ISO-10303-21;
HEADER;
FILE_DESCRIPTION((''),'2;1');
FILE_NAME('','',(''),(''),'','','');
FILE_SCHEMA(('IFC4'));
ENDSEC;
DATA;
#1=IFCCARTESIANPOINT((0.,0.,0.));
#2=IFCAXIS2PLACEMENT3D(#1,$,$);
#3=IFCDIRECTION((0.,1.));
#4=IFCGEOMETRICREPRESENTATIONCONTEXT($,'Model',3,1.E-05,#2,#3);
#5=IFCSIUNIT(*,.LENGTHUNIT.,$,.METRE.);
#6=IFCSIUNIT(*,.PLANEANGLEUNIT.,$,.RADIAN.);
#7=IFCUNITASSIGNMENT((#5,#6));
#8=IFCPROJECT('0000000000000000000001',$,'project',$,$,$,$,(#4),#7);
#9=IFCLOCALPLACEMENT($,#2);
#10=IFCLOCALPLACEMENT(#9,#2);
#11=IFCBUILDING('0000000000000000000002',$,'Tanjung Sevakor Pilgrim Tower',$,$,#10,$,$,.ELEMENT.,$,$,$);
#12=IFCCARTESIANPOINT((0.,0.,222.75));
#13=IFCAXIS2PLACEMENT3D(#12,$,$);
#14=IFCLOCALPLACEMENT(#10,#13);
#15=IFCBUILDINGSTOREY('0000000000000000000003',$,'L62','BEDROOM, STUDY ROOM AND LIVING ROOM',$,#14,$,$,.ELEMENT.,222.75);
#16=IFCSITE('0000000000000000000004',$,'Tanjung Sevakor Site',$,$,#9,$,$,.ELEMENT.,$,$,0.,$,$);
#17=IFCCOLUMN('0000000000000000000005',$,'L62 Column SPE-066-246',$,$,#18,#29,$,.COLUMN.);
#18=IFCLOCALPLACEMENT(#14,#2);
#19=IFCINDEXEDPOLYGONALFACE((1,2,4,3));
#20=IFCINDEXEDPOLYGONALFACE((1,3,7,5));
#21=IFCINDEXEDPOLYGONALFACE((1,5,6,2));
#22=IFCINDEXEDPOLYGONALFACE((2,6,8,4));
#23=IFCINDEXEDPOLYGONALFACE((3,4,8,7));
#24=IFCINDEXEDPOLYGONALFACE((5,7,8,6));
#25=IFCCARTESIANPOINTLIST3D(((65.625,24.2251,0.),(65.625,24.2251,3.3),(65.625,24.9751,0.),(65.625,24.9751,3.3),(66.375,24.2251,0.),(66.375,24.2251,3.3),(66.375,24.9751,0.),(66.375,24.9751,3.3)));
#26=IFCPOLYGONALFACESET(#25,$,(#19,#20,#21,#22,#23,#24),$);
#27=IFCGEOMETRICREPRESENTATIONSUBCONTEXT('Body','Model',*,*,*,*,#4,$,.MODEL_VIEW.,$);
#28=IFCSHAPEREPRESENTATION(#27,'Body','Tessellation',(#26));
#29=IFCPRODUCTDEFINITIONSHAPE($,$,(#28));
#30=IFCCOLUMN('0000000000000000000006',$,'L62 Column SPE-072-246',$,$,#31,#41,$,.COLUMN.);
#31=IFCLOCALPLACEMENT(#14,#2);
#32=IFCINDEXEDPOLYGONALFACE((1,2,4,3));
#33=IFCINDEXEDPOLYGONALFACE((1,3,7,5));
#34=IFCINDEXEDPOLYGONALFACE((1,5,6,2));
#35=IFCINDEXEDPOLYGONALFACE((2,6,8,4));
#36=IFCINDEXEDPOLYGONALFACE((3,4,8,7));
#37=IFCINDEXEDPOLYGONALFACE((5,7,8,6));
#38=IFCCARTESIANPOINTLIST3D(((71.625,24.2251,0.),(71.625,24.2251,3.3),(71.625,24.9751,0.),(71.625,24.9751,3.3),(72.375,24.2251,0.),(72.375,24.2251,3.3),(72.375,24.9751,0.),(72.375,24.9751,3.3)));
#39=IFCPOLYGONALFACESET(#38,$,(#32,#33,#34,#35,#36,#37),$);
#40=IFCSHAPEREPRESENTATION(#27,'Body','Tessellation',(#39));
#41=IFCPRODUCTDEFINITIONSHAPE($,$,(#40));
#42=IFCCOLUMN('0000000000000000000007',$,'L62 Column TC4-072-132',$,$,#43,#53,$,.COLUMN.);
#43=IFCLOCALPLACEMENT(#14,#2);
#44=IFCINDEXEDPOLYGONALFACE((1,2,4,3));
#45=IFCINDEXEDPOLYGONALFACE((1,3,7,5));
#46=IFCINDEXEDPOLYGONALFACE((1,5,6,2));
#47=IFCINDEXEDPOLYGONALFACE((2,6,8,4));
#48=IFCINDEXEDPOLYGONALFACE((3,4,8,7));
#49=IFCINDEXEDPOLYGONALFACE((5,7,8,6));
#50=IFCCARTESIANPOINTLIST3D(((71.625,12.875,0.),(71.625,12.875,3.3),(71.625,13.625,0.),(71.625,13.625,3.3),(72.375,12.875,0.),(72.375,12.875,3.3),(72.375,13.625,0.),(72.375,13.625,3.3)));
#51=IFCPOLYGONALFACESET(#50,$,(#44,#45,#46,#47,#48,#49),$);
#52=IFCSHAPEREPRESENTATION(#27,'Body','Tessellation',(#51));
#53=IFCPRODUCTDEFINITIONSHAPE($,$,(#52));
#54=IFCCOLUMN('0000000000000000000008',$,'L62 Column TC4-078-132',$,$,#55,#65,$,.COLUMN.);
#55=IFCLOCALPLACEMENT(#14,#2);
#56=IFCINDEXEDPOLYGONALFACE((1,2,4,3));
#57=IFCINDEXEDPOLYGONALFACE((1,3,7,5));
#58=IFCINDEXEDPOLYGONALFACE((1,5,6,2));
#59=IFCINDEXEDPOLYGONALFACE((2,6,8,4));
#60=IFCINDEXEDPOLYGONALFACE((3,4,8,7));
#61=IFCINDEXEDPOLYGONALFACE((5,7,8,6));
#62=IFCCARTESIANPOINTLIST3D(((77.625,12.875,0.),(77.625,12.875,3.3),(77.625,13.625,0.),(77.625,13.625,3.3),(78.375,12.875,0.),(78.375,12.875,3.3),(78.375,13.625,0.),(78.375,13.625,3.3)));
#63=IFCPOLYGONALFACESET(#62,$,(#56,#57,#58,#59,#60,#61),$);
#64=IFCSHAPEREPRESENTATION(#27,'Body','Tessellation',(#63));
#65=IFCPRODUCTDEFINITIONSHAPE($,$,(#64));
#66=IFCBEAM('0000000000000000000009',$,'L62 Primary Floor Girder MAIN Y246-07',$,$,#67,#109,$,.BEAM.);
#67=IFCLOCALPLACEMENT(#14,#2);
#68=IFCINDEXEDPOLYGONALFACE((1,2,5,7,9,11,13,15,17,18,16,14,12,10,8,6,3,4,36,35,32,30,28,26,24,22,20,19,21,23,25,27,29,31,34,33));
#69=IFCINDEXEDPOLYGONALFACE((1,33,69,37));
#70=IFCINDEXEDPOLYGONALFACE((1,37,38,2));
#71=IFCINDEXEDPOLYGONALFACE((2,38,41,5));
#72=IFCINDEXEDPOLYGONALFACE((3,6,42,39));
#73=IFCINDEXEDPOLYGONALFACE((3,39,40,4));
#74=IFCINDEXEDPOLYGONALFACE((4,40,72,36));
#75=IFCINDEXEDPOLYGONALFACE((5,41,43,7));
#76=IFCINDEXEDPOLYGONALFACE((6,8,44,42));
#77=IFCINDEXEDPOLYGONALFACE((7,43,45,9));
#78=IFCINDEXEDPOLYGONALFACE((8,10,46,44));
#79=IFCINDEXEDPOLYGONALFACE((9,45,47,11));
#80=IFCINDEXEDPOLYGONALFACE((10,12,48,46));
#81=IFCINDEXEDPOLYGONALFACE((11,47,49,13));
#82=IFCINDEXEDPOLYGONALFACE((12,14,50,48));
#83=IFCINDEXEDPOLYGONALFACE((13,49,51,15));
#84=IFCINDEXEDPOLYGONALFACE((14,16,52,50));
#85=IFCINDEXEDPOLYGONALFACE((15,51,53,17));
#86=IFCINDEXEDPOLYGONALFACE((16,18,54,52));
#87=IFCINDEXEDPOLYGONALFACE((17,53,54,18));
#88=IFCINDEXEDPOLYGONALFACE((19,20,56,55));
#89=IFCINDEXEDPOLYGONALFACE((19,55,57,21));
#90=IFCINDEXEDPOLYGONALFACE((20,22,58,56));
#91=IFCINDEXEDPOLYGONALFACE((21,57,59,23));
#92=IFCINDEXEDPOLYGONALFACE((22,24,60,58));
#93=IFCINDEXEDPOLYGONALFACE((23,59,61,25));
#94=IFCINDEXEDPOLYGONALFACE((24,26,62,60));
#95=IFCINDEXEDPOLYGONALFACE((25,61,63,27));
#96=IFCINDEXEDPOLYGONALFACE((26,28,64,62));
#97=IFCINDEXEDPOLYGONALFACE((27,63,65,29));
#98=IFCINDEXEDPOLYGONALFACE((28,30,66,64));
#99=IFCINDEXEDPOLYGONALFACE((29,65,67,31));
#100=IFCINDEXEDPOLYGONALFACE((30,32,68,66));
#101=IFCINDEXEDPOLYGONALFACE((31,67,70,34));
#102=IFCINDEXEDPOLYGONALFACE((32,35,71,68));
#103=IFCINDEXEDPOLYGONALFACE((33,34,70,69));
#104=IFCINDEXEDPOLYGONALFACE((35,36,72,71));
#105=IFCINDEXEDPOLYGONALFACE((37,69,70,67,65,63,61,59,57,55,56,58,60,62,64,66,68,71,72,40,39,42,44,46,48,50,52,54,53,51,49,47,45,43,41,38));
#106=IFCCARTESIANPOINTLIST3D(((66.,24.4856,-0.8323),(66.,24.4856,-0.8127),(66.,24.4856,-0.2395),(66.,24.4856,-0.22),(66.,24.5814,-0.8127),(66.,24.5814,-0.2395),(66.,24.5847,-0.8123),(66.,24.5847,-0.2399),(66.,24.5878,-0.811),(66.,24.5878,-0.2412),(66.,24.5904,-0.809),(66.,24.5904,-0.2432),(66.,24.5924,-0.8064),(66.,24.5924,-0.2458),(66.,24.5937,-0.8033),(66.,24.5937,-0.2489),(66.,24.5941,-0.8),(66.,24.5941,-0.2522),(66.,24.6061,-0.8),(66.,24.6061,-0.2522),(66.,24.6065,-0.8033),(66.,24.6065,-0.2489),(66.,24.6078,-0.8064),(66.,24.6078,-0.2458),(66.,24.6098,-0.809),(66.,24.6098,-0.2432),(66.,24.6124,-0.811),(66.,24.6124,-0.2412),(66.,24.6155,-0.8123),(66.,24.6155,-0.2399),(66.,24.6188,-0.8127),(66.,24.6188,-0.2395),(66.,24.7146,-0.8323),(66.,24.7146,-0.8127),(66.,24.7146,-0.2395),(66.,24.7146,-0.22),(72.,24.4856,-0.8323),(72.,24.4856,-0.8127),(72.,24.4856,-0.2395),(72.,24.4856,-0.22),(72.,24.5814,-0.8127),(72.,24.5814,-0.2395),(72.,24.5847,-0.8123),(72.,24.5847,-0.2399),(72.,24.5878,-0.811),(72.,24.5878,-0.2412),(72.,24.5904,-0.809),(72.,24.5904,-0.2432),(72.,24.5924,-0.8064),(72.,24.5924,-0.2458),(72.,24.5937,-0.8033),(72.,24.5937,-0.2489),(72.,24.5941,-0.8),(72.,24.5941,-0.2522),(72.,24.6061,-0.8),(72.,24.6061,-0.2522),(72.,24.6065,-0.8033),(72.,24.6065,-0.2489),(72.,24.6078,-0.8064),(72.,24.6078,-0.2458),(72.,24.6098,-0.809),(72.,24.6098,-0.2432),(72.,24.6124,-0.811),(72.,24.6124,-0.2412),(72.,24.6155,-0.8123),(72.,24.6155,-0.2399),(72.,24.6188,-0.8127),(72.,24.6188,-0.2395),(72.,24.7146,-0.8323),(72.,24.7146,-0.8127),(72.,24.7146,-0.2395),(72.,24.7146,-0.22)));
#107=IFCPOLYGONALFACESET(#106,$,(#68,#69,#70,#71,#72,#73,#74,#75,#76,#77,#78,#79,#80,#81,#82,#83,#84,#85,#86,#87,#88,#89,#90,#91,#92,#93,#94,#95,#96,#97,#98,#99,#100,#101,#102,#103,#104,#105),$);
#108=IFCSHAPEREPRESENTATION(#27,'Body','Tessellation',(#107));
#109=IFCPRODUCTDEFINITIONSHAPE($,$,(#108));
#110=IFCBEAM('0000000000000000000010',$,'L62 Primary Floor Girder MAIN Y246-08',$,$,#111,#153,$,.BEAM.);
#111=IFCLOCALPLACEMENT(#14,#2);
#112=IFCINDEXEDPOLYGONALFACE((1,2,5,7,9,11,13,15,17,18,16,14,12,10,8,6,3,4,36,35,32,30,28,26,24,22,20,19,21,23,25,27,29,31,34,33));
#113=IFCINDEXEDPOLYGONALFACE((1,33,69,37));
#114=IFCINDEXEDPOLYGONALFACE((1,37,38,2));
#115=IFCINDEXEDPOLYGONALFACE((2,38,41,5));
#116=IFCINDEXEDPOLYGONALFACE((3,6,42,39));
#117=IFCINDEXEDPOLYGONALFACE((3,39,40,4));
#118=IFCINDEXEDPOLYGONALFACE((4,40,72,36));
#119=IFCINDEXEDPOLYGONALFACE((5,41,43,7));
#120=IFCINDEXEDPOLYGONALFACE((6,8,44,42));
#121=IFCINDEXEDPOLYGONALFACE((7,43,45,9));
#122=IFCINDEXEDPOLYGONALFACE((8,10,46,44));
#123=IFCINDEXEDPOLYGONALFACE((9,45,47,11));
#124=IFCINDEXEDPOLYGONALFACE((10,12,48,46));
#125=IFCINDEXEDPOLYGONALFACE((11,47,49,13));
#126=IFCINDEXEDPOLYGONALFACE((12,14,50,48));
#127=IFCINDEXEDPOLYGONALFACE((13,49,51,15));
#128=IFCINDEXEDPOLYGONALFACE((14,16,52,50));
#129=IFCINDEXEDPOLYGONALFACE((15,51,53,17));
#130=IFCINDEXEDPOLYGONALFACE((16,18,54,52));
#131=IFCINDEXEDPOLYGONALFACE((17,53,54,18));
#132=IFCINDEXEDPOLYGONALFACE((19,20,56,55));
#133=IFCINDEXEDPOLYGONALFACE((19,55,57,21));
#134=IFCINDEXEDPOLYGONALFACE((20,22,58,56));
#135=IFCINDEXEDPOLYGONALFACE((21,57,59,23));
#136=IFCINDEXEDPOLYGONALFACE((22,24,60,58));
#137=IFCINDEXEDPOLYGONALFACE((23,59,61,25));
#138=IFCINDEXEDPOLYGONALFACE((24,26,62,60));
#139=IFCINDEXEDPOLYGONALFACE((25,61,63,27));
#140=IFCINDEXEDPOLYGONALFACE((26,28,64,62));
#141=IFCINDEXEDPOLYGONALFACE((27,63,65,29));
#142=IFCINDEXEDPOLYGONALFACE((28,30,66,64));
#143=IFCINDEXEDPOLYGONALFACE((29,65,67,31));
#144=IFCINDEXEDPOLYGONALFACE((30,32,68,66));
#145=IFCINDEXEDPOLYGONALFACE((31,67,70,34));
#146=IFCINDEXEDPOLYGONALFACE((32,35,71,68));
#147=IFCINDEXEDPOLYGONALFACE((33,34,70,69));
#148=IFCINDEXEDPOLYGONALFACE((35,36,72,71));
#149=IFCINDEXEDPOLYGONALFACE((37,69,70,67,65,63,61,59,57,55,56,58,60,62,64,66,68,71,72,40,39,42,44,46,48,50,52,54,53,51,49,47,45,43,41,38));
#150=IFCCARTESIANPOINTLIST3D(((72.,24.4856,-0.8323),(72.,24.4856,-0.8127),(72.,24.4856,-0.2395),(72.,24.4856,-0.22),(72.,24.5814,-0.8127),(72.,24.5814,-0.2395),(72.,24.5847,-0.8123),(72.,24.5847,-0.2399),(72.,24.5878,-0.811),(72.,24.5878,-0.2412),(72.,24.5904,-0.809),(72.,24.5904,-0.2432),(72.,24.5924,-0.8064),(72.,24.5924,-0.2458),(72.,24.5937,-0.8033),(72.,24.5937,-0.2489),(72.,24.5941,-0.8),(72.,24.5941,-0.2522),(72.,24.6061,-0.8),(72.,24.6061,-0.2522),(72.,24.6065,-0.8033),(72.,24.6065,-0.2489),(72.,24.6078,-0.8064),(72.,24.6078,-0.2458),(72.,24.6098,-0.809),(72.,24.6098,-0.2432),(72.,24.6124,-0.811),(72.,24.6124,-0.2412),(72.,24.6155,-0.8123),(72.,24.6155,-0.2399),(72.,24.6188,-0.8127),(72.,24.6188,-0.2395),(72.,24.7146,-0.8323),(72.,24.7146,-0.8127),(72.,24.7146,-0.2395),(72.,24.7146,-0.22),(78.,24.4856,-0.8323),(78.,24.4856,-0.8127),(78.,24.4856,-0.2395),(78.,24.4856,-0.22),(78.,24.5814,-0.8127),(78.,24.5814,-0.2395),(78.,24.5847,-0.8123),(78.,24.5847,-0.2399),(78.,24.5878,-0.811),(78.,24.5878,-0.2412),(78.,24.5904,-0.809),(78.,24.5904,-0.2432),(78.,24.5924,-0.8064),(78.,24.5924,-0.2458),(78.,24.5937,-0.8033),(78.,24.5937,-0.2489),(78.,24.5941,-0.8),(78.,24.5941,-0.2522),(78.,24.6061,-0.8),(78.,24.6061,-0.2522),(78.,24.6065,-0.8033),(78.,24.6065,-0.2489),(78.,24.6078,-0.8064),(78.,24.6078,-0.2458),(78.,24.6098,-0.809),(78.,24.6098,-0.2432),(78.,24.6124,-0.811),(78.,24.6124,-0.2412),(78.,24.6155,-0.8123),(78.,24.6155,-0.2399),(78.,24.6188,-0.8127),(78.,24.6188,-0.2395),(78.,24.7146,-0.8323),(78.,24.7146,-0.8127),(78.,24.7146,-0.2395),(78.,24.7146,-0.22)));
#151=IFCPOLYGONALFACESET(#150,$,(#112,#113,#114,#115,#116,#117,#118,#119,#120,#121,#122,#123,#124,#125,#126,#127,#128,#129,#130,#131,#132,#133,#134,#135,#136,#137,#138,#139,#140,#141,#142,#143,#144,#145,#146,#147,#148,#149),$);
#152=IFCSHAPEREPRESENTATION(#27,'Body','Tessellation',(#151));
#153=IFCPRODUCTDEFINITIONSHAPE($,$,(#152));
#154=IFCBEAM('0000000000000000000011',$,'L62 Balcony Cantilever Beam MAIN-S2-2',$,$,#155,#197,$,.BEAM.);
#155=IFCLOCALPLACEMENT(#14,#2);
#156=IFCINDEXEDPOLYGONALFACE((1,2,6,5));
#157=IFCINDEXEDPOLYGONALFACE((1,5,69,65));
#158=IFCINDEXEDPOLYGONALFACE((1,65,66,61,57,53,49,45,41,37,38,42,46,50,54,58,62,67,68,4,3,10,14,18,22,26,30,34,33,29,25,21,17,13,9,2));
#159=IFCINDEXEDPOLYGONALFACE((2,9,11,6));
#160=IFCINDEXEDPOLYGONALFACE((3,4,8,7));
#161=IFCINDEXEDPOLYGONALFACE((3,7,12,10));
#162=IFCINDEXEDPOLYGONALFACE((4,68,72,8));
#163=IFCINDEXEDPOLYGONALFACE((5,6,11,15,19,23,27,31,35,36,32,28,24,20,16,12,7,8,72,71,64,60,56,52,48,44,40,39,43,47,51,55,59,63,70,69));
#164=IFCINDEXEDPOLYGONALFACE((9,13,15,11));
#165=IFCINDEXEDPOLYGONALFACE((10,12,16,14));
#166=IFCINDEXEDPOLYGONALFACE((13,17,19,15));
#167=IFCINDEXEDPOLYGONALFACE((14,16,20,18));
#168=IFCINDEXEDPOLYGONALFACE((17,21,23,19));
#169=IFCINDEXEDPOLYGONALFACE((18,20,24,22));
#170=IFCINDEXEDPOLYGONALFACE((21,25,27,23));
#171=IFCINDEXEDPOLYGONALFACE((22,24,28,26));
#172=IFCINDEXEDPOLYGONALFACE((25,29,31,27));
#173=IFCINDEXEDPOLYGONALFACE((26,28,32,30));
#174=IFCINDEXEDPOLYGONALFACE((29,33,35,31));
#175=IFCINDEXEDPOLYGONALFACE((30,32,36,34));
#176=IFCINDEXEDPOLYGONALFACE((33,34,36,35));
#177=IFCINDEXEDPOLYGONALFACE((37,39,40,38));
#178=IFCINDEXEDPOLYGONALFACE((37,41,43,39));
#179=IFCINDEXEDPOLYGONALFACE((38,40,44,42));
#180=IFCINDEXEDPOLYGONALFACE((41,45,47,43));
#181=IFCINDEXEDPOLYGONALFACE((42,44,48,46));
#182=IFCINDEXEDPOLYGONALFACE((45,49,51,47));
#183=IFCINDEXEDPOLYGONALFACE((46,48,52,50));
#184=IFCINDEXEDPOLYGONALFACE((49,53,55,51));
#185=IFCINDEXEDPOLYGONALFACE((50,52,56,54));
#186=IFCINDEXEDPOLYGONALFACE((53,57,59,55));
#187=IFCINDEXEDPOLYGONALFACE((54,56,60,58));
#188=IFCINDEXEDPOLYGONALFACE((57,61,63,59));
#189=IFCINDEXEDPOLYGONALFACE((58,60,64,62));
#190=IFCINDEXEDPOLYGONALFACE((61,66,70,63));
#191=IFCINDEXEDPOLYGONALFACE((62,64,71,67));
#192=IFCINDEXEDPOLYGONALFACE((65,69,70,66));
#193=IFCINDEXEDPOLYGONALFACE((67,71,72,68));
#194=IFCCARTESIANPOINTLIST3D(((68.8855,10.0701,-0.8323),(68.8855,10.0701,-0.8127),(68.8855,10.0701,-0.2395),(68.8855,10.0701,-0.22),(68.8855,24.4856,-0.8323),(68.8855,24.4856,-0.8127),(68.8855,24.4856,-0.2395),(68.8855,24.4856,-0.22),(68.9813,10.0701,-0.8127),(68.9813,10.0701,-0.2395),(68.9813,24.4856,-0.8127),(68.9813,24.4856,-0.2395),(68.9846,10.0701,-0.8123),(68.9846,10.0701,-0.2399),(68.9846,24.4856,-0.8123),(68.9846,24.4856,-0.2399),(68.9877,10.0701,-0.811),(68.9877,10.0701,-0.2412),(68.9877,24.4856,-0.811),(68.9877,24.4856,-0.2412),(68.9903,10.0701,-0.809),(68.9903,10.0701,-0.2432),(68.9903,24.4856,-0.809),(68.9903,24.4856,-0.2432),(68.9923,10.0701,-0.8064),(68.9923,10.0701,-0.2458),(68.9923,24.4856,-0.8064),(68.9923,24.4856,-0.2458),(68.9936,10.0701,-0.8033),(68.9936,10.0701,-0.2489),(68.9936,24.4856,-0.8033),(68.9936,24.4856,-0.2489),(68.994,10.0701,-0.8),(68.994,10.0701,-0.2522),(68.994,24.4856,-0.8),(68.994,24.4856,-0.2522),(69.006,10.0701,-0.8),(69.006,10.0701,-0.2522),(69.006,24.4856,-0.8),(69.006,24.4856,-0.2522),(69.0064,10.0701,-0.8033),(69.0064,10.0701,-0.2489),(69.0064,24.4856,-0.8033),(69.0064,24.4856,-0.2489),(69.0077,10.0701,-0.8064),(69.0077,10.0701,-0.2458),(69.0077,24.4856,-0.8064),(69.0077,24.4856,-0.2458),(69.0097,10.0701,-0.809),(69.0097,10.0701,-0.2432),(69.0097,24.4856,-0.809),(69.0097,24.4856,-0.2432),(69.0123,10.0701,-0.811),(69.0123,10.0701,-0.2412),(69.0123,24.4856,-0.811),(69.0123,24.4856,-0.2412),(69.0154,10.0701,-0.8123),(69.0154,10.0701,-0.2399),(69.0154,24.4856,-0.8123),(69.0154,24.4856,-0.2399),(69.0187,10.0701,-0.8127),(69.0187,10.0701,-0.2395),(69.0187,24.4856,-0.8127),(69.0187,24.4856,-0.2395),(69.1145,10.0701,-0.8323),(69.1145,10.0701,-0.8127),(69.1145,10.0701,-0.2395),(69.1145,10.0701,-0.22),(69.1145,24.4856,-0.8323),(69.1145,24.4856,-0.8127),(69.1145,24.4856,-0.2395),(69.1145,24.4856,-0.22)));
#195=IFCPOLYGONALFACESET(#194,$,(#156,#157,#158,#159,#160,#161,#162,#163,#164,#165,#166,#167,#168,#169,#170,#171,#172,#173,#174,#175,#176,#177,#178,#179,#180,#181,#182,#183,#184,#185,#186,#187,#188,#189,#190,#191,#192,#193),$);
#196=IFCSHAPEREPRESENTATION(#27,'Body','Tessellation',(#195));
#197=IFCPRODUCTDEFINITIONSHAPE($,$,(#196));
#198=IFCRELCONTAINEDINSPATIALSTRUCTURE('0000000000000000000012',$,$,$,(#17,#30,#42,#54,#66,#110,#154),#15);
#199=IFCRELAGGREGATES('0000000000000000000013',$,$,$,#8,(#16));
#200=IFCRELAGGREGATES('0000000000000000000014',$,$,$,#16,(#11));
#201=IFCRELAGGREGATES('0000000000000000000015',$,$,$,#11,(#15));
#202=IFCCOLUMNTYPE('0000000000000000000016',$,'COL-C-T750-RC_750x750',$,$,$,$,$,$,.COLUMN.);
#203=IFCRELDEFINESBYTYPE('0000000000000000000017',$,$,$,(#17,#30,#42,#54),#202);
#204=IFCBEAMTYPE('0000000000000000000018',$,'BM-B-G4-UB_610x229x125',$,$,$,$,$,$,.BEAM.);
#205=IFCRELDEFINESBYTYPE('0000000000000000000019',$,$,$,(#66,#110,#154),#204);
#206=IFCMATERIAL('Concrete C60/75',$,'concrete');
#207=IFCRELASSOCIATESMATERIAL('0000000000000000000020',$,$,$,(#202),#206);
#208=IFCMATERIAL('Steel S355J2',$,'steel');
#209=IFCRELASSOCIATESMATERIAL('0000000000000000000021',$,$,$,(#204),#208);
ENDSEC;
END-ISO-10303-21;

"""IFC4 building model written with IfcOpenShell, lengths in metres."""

from ifc_helpers import new_model, si_unit, direction, frame, origin, origin_2d, place, context, subcontext, project, spatial, rectangle, i_section, extrude, material, material_profile, profile_set, type_object, element, save


model = new_model("IFC4")

# Units and contexts
model_context = context("Model", 3, precision=1e-05, world=origin(), true_north=direction((0.0, 1.0)))
body_context = subcontext(model_context, "Body", "Model", "MODEL_VIEW")
ifc_project = project(units=[si_unit("LENGTHUNIT", "METRE"), si_unit("PLANEANGLEUNIT", "RADIAN")], contexts=[model_context])

# Site, building, storey
site_placement = place(None, origin())
site = spatial("IfcSite", under=ifc_project, at=site_placement, Name="Tanjung Sevakor Site", CompositionType="ELEMENT", RefElevation=0.0)
building_placement = place(site_placement, origin())
building = spatial("IfcBuilding", under=site, at=building_placement, Name="Tanjung Sevakor Pilgrim Tower", CompositionType="ELEMENT")
storey_placement = place(building_placement, frame((0.0, 0.0, 222.75)))
storey = spatial("IfcBuildingStorey", under=building, at=storey_placement, Name="L62", Description="BEDROOM, STUDY ROOM AND LIVING ROOM", CompositionType="ELEMENT", Elevation=222.75)

# Columns
ifc_material_1 = material(Name="Concrete C60/75", Category="concrete")
ifc_material_profile_1 = material_profile(ifc_material_1, rectangle(XDim=0.75, YDim=0.75, at=origin_2d()))
ifc_profile_set_1 = profile_set([ifc_material_profile_1], Name="Concrete C60/75")
column_type = type_object("IfcColumnType", Name="COL-C-T750-RC_750x750", PredefinedType="COLUMN", material=ifc_profile_set_1)
for number, where, z_axis, x_axis, name in (
    (1, (66.0, 24.6001, 0.0), (0.0, 0.0, 1.0), (1.0, 0.0, 0.0), "L62 Column SPE-066-246"),
    (2, (72.0, 24.6001, 0.0), (0.0, 0.0, 1.0), (1.0, 0.0, 0.0), "L62 Column SPE-072-246"),
    (3, (72.0, 13.25, 0.0), (0.0, 0.0, 1.0), (1.0, 0.0, 0.0), "L62 Column TC4-072-132"),
    (4, (78.0, 13.25, 0.0), (0.0, 0.0, 1.0), (1.0, 0.0, 0.0), "L62 Column TC4-078-132"),
):
    element("IfcColumn", number, at=place(storey_placement, frame(where, z_axis=z_axis, x_axis=x_axis)), inside=storey, type_object=column_type, Name=name, PredefinedType="COLUMN", context=body_context, shape_type="SweptSolid", body=[
        extrude(rectangle(XDim=0.75, YDim=0.75, at=origin_2d()), origin(), (0.0, 0.0, 1.0), 3.3),
    ])

# Beams
ifc_material_2 = material(Name="Steel S355J2", Category="steel")
ifc_material_profile_2 = material_profile(ifc_material_2, i_section(OverallWidth=0.229, OverallDepth=0.6123, WebThickness=0.012, FlangeThickness=0.0195, FilletRadius=0.0127, at=origin_2d()))
ifc_profile_set_2 = profile_set([ifc_material_profile_2], Name="Steel S355J2")
beam_type_1 = type_object("IfcBeamType", Name="BM-B-G4-UB_610x229x125", PredefinedType="BEAM", material=ifc_profile_set_2)
for number, where, z_axis, x_axis, name in (
    (5, (66.0, 24.6001, -0.5261), (1.0, 0.0, 0.0), (0.0, 1.0, 0.0), "L62 Primary Floor Girder MAIN Y246-07"),
    (6, (72.0, 24.6001, -0.5261), (1.0, 0.0, 0.0), (0.0, 1.0, 0.0), "L62 Primary Floor Girder MAIN Y246-08"),
):
    element("IfcBeam", number, at=place(storey_placement, frame(where, z_axis=z_axis, x_axis=x_axis)), inside=storey, type_object=beam_type_1, Name=name, PredefinedType="BEAM", context=body_context, shape_type="SweptSolid", body=[
        extrude(i_section(OverallWidth=0.229, OverallDepth=0.6123, WebThickness=0.012, FlangeThickness=0.0195, FilletRadius=0.0127, at=origin_2d()), origin(), (0.0, 0.0, 1.0), 6.0),
    ])
for number, where, z_axis, x_axis, name in (
    (7, (69.0, 24.4856, -0.5261), (0.0, -1.0, 0.0), (1.0, 0.0, 0.0), "L62 Balcony Cantilever Beam MAIN-S2-2"),
):
    element("IfcBeam", number, at=place(storey_placement, frame(where, z_axis=z_axis, x_axis=x_axis)), inside=storey, type_object=beam_type_1, Name=name, PredefinedType="BEAM", context=body_context, shape_type="SweptSolid", body=[
        extrude(i_section(OverallWidth=0.229, OverallDepth=0.6123, WebThickness=0.012, FlangeThickness=0.0195, FilletRadius=0.0127, at=origin_2d()), origin(), (0.0, 0.0, 1.0), 14.4155),
    ])

save(model, "model.ifc")
